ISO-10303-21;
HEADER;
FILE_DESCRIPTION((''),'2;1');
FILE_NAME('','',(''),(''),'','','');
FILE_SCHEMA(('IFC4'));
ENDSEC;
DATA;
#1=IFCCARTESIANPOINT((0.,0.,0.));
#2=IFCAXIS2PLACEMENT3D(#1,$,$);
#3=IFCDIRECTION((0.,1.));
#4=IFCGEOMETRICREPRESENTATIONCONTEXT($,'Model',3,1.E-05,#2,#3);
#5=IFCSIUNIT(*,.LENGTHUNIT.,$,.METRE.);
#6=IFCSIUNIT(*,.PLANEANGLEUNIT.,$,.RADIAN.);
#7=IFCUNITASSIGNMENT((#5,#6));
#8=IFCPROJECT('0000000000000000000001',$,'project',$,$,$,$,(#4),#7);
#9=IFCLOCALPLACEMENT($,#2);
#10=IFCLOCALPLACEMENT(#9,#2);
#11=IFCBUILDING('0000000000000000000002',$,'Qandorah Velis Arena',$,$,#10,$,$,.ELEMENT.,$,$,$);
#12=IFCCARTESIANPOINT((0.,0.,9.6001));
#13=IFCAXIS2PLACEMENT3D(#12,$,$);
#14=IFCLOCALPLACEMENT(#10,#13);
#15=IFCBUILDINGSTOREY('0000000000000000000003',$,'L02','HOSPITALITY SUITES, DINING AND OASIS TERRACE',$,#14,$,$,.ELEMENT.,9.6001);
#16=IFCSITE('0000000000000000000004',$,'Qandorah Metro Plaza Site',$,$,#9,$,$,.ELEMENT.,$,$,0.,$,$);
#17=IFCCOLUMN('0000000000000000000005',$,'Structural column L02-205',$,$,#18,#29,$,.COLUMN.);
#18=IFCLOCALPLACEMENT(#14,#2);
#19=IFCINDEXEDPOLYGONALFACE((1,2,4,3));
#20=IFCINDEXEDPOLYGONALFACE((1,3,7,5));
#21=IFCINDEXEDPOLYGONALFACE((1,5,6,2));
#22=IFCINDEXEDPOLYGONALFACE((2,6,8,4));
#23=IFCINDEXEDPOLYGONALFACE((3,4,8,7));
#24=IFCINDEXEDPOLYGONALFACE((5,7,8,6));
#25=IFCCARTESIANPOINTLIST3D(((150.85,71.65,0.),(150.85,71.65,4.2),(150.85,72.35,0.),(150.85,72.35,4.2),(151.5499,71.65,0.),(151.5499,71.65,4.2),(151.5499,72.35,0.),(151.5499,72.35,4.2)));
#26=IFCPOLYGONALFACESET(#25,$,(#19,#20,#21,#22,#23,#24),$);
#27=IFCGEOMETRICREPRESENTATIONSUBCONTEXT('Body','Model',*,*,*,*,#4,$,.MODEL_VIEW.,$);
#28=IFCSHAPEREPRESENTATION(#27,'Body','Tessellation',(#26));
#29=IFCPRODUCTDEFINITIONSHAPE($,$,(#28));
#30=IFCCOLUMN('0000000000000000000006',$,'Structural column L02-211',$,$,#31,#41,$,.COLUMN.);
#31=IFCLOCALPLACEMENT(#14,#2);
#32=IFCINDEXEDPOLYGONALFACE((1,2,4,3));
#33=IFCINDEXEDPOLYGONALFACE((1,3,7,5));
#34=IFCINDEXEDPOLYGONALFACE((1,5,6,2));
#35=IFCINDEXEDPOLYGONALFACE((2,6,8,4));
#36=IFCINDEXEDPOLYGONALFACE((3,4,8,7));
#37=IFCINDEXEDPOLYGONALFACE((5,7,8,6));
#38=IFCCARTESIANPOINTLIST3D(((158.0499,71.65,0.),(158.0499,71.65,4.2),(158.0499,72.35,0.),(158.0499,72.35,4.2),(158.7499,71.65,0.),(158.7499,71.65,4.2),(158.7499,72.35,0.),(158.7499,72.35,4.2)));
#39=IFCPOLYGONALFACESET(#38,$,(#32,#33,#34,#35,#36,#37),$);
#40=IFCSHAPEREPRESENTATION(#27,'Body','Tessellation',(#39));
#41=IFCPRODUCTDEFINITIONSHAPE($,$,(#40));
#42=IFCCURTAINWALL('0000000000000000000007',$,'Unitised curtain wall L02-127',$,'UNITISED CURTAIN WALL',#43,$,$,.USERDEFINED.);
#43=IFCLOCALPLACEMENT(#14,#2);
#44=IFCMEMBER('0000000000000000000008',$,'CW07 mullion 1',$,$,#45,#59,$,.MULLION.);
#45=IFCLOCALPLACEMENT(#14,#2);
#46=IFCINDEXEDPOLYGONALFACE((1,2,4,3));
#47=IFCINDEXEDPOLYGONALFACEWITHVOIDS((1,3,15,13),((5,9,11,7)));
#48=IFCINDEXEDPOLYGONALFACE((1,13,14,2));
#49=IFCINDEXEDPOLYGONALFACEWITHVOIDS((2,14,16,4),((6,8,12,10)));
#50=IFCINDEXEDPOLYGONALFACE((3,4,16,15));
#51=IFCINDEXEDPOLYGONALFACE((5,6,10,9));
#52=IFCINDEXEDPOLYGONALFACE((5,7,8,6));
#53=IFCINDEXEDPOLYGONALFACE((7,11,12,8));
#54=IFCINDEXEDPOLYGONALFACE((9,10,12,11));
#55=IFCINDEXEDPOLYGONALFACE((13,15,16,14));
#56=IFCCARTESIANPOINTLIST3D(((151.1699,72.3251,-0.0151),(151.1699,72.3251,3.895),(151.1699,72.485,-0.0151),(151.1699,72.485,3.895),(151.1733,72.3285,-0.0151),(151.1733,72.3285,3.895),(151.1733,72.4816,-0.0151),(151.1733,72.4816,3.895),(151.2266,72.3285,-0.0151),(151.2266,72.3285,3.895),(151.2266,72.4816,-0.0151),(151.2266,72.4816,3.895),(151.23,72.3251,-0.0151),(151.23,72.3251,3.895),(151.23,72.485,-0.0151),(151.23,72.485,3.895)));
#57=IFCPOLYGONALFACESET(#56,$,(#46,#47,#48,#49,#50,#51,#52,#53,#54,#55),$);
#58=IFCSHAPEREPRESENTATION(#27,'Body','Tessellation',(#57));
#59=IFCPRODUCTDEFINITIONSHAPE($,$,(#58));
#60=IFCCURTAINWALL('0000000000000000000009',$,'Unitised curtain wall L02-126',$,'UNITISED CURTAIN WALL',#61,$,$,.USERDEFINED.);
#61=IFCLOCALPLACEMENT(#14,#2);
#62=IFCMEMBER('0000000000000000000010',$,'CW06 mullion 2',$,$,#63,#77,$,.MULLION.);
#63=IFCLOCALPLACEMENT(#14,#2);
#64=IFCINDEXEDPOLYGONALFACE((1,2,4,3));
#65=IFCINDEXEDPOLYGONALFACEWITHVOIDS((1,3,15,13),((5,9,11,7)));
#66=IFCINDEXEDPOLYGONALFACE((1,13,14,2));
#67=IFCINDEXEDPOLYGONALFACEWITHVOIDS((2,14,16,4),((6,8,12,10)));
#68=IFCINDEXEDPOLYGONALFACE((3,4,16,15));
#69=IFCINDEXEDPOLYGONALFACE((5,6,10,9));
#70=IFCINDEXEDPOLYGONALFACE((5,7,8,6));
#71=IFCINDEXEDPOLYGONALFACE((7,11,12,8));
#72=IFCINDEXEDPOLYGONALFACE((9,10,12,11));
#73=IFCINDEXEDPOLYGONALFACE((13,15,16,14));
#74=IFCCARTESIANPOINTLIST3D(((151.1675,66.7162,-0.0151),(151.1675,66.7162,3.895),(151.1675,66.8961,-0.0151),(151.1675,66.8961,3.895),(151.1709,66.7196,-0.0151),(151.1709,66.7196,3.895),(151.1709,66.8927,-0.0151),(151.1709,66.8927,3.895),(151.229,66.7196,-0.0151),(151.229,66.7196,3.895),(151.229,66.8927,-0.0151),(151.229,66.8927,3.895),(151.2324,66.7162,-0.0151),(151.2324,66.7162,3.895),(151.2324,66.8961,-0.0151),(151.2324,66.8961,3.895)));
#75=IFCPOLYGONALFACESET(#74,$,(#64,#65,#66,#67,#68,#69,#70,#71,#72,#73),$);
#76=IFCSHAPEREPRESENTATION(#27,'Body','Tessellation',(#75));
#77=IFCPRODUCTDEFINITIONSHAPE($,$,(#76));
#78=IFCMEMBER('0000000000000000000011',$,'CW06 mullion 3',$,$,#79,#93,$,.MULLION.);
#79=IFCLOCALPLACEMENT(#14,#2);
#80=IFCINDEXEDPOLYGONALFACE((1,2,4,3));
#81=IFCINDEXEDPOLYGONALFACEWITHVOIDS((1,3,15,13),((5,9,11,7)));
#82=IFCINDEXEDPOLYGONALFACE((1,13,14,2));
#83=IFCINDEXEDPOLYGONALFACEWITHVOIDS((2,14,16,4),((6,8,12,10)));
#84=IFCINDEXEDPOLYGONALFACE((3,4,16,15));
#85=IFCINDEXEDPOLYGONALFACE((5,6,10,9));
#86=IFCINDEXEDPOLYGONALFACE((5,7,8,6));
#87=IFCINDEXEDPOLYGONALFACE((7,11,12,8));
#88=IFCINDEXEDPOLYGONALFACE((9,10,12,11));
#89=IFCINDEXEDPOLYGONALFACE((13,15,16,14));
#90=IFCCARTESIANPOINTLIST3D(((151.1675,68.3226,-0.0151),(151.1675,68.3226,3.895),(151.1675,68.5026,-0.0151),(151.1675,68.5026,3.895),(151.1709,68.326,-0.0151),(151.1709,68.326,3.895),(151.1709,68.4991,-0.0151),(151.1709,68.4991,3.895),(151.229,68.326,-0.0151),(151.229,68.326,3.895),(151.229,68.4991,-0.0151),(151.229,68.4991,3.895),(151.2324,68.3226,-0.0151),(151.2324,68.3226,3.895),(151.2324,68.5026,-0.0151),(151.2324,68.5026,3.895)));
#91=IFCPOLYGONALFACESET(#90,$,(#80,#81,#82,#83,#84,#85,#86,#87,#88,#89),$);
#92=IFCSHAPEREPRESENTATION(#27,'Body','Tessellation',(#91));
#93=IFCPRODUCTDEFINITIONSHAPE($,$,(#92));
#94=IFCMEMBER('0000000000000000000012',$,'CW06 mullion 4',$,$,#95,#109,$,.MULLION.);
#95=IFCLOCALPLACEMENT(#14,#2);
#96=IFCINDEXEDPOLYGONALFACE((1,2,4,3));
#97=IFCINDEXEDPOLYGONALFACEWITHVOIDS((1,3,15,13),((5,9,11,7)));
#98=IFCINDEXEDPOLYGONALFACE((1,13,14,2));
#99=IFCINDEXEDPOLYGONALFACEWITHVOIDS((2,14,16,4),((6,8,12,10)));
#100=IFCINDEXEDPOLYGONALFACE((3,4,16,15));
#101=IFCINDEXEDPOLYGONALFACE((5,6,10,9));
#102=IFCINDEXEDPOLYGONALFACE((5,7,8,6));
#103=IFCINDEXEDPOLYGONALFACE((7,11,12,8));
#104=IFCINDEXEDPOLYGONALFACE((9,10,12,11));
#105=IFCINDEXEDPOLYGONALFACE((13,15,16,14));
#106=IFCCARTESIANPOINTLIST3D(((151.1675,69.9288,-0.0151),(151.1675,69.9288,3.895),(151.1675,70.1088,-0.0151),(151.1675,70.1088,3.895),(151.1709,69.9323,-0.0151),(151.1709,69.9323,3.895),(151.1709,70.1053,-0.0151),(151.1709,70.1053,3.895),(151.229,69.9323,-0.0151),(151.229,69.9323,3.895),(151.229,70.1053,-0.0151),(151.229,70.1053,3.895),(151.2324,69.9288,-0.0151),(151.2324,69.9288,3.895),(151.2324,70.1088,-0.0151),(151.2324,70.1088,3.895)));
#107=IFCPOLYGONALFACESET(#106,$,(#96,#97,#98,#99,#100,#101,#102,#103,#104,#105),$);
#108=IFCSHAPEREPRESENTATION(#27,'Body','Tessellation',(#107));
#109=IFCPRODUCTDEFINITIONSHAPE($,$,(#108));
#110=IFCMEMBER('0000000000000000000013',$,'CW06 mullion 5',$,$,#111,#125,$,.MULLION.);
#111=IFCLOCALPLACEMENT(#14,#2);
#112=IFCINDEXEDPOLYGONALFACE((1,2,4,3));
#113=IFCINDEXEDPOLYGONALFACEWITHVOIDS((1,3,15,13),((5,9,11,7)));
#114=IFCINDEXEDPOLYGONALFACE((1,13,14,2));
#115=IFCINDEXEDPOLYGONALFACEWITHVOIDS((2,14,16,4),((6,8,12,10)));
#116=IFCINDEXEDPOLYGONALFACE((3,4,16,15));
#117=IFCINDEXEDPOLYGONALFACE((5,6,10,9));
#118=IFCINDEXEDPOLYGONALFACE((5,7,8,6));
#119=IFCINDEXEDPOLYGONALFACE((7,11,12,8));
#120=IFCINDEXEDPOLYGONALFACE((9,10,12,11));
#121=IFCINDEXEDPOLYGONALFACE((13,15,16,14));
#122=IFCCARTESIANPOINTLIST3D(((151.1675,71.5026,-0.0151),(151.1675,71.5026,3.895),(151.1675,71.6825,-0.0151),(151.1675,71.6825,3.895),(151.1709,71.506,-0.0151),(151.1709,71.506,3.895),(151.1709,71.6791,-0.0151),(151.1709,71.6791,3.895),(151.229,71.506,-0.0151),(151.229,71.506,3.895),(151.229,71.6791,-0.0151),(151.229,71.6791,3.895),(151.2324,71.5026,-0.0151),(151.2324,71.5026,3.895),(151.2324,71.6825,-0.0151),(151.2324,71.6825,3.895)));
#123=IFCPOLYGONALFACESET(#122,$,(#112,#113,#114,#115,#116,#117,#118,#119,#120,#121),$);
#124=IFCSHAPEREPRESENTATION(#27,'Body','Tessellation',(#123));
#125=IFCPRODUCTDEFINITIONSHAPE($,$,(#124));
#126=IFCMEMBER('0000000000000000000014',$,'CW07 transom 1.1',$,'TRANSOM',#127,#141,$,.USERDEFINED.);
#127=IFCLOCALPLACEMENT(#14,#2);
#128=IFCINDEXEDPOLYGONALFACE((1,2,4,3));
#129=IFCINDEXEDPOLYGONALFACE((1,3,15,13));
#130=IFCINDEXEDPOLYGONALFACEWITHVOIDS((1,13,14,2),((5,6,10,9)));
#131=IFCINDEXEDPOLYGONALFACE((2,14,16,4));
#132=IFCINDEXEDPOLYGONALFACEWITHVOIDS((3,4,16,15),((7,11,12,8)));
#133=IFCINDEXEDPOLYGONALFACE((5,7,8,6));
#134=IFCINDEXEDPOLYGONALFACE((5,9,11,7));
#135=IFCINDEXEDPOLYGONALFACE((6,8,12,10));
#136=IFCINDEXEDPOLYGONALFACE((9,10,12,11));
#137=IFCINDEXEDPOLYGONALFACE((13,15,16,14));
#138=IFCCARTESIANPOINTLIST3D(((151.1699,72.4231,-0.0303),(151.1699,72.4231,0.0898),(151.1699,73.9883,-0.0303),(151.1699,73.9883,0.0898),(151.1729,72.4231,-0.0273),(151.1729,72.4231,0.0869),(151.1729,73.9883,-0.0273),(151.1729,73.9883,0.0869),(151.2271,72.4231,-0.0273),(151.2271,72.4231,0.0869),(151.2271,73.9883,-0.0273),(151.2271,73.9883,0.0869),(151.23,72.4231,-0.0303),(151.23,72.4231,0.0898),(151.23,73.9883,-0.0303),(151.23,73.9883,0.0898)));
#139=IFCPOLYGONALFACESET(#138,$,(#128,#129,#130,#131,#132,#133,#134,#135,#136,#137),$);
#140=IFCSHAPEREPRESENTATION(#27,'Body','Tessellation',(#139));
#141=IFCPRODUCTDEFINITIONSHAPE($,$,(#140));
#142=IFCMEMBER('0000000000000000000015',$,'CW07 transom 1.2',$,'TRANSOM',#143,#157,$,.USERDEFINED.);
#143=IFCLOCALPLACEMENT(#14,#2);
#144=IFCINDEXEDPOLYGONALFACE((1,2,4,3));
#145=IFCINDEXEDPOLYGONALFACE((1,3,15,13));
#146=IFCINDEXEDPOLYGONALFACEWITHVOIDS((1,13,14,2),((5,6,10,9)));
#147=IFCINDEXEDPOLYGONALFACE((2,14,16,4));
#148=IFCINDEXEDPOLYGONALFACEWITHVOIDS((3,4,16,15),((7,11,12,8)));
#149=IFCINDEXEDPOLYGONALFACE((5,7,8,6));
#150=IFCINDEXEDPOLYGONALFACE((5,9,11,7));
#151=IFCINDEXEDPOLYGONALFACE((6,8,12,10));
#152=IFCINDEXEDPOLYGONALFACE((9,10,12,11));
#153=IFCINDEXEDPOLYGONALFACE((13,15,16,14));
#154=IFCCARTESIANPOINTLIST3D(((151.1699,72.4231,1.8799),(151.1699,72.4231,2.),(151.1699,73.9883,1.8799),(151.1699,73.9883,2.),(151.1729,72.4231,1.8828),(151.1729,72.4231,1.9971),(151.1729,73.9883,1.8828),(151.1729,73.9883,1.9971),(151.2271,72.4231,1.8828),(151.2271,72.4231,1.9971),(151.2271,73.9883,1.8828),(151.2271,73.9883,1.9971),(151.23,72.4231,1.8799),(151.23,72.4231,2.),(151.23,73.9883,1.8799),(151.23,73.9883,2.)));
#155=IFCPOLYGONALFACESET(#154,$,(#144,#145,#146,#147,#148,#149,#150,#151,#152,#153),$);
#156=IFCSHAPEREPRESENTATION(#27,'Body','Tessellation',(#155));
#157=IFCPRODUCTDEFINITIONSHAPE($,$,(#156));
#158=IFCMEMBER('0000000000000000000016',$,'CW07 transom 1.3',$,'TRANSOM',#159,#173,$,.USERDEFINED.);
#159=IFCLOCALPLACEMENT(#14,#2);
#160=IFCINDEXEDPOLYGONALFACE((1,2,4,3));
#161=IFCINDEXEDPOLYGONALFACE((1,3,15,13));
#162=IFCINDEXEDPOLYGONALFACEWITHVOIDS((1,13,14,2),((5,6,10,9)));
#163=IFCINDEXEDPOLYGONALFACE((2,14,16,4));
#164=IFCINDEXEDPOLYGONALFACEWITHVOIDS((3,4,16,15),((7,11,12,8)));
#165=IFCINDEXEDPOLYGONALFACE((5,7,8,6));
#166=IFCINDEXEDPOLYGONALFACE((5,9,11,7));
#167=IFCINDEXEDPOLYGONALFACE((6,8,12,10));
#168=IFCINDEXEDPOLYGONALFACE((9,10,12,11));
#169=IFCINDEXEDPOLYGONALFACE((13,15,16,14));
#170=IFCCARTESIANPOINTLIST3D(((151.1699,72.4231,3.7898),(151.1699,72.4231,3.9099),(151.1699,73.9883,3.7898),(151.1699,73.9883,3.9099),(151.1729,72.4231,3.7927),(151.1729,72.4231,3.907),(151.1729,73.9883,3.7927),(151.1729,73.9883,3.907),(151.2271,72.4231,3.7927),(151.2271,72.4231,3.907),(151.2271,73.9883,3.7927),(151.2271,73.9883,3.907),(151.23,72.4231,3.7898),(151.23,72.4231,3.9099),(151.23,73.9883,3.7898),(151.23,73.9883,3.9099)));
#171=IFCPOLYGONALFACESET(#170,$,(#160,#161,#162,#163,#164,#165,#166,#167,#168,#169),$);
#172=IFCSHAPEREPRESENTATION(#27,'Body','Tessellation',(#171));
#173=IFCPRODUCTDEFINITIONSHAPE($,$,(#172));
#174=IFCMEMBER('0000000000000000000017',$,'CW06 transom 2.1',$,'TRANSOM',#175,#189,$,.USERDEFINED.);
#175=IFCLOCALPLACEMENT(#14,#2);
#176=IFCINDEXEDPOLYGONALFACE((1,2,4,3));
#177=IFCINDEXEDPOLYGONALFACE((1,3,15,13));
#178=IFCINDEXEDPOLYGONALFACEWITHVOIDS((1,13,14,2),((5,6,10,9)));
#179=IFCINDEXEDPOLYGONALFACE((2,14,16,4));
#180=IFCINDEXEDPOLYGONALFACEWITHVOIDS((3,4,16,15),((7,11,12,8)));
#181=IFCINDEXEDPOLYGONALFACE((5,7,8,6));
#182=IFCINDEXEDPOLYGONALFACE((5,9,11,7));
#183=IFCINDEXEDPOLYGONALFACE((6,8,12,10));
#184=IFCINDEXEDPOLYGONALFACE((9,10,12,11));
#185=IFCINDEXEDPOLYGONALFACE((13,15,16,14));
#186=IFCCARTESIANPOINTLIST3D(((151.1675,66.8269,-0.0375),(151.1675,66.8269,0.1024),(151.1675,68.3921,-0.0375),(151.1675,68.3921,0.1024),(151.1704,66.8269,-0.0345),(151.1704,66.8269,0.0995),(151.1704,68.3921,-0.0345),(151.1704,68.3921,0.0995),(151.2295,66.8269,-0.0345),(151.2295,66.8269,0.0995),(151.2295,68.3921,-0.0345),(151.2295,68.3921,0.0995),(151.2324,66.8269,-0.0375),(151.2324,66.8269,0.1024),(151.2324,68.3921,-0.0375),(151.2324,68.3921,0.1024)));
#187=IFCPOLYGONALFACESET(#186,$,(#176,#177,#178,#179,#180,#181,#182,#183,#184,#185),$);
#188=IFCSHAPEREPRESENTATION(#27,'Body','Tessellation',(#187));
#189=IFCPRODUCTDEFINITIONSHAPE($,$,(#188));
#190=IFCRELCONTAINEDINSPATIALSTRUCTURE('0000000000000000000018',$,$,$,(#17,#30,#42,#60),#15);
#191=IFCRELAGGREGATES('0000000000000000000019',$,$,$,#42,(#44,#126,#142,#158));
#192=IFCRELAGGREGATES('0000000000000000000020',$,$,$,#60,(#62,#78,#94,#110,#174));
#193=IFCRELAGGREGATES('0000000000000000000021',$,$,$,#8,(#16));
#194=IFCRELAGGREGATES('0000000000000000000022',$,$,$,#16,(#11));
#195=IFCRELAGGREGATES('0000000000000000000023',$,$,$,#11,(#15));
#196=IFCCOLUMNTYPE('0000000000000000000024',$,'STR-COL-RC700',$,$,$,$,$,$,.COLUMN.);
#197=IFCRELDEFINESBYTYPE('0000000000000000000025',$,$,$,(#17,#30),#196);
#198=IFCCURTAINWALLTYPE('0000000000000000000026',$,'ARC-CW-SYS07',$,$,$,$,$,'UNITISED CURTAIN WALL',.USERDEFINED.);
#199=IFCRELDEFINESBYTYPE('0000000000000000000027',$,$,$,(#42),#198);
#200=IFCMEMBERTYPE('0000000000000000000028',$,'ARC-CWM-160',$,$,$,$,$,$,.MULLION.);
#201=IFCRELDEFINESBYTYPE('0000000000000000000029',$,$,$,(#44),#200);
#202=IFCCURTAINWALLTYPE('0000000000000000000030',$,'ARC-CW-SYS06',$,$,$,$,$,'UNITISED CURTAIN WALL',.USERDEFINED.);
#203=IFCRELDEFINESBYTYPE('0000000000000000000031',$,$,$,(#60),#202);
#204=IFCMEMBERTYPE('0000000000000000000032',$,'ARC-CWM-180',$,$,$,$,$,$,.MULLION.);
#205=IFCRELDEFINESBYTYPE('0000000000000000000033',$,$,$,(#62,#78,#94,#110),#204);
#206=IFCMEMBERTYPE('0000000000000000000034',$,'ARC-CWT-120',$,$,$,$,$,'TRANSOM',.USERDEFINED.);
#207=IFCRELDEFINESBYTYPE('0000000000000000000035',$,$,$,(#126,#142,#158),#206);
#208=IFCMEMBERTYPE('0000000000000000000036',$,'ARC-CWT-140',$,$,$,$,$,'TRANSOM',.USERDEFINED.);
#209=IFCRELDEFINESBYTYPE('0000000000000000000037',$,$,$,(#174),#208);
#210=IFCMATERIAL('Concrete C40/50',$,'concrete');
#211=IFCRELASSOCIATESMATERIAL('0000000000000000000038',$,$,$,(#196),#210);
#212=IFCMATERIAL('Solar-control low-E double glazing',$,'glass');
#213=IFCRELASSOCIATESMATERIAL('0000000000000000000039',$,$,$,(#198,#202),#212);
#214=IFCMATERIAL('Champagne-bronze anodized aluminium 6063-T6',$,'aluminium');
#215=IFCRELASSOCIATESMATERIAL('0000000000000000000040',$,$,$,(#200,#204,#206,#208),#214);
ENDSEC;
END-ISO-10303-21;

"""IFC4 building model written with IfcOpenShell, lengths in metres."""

from ifc_helpers import new_model, si_unit, direction, frame, origin, origin_2d, place, context, subcontext, project, spatial, rectangle, hollow_rectangle, extrude, material, material_profile, profile_set, type_object, element, aggregate, save


model = new_model("IFC4")

# Units and contexts
model_context = context("Model", 3, precision=1e-05, world=origin(), true_north=direction((0.0, 1.0)))
body_context = subcontext(model_context, "Body", "Model", "MODEL_VIEW")
ifc_project = project(units=[si_unit("LENGTHUNIT", "METRE"), si_unit("PLANEANGLEUNIT", "RADIAN")], contexts=[model_context])

# Site, building, storey
site_placement = place(None, origin())
site = spatial("IfcSite", under=ifc_project, at=site_placement, Name="Qandorah Metro Plaza Site", CompositionType="ELEMENT", RefElevation=0.0)
building_placement = place(site_placement, origin())
building = spatial("IfcBuilding", under=site, at=building_placement, Name="Qandorah Velis Arena", CompositionType="ELEMENT")
storey_placement = place(building_placement, frame((0.0, 0.0, 9.6001)))
storey = spatial("IfcBuildingStorey", under=building, at=storey_placement, Name="L02", Description="HOSPITALITY SUITES, DINING AND OASIS TERRACE", CompositionType="ELEMENT", Elevation=9.6001)

# Columns
ifc_material_1 = material(Name="Concrete C40/50", Category="concrete")
ifc_material_profile_1 = material_profile(ifc_material_1, rectangle(XDim=0.7, YDim=0.7, at=origin_2d()), Name="RC COL 700x700")
ifc_profile_set_1 = profile_set([ifc_material_profile_1], Name="Concrete C40/50")
column_type = type_object("IfcColumnType", Name="STR-COL-RC700", PredefinedType="COLUMN", material=ifc_profile_set_1)
for number, where, z_axis, x_axis, name in (
    (1, (151.2, 72.0, 0.0), (0.0, 0.0, 1.0), (1.0, 0.0, 0.0), "Structural column L02-205"),
    (2, (158.3999, 72.0, 0.0), (0.0, 0.0, 1.0), (1.0, 0.0, 0.0), "Structural column L02-211"),
):
    element("IfcColumn", number, at=place(storey_placement, frame(where, z_axis=z_axis, x_axis=x_axis)), inside=storey, type_object=column_type, Name=name, PredefinedType="COLUMN", context=body_context, shape_type="SweptSolid", body=[
        extrude(rectangle(XDim=0.7, YDim=0.7, at=origin_2d()), origin(), (0.0, 0.0, 1.0), 4.2),
    ])

# Curtain wall, member
ifc_material_2 = material(Name="Solar-control low-E double glazing", Category="glass")
curtain_wall_type_1 = type_object("IfcCurtainWallType", Name="ARC-CW-SYS07", ElementType="UNITISED CURTAIN WALL", PredefinedType="USERDEFINED", material=ifc_material_2)
curtain_wall_1_placement = place(storey_placement, origin())
curtain_wall_1 = element("IfcCurtainWall", 3, at=curtain_wall_1_placement, inside=storey, type_object=curtain_wall_type_1, Name="Unitised curtain wall L02-127", ObjectType="UNITISED CURTAIN WALL", PredefinedType="USERDEFINED")
ifc_material_3 = material(Name="Champagne-bronze anodized aluminium 6063-T6", Category="aluminium")
ifc_material_profile_2 = material_profile(ifc_material_3, hollow_rectangle(XDim=0.0601, YDim=0.1599, WallThickness=0.0034, at=origin_2d()), Name="ALU MULLION 60x160")
ifc_profile_set_2 = profile_set([ifc_material_profile_2], Name="Champagne-bronze anodized aluminium 6063-T6")
member_type_1 = type_object("IfcMemberType", Name="ARC-CWM-160", PredefinedType="MULLION", material=ifc_profile_set_2)
member_1_placement = place(storey_placement, frame((151.2, 72.405, -0.0151), z_axis=(0.0, 0.0, 1.0), x_axis=(-1.0, 0.0, 0.0)))
member_1 = element("IfcMember", 4, at=member_1_placement, type_object=member_type_1, Name="CW07 mullion 1", PredefinedType="MULLION", context=body_context, shape_type="SweptSolid", body=[
    extrude(hollow_rectangle(XDim=0.0601, YDim=0.1599, WallThickness=0.0034, at=origin_2d()), origin(), (0.0, 0.0, 1.0), 3.9102),
])

# Curtain wall, members
curtain_wall_type_2 = type_object("IfcCurtainWallType", Name="ARC-CW-SYS06", ElementType="UNITISED CURTAIN WALL", PredefinedType="USERDEFINED", material=ifc_material_2)
curtain_wall_2_placement = place(storey_placement, origin())
curtain_wall_2 = element("IfcCurtainWall", 5, at=curtain_wall_2_placement, inside=storey, type_object=curtain_wall_type_2, Name="Unitised curtain wall L02-126", ObjectType="UNITISED CURTAIN WALL", PredefinedType="USERDEFINED")
ifc_material_profile_3 = material_profile(ifc_material_3, hollow_rectangle(XDim=0.0649, YDim=0.1799, WallThickness=0.0034, at=origin_2d()), Name="ALU MULLION 65x180")
ifc_profile_set_3 = profile_set([ifc_material_profile_3], Name="Champagne-bronze anodized aluminium 6063-T6")
member_type_2 = type_object("IfcMemberType", Name="ARC-CWM-180", PredefinedType="MULLION", material=ifc_profile_set_3)
member_2_placement = place(storey_placement, frame((151.2, 66.8062, -0.0151), z_axis=(0.0, 0.0, 1.0), x_axis=(-1.0, 0.0, 0.0)))
member_2 = element("IfcMember", 6, at=member_2_placement, type_object=member_type_2, Name="CW06 mullion 2", PredefinedType="MULLION", context=body_context, shape_type="SweptSolid", body=[
    extrude(hollow_rectangle(XDim=0.0649, YDim=0.1799, WallThickness=0.0034, at=origin_2d()), origin(), (0.0, 0.0, 1.0), 3.9102),
])
member_3_placement = place(storey_placement, frame((151.2, 68.4126, -0.0151), z_axis=(0.0, 0.0, 1.0), x_axis=(-1.0, 0.0, 0.0)))
member_3 = element("IfcMember", 7, at=member_3_placement, type_object=member_type_2, Name="CW06 mullion 3", PredefinedType="MULLION", context=body_context, shape_type="SweptSolid", body=[
    extrude(hollow_rectangle(XDim=0.0649, YDim=0.1799, WallThickness=0.0034, at=origin_2d()), origin(), (0.0, 0.0, 1.0), 3.9102),
])
member_4_placement = place(storey_placement, frame((151.2, 70.0188, -0.0151), z_axis=(0.0, 0.0, 1.0), x_axis=(-1.0, 0.0, 0.0)))
member_4 = element("IfcMember", 8, at=member_4_placement, type_object=member_type_2, Name="CW06 mullion 4", PredefinedType="MULLION", context=body_context, shape_type="SweptSolid", body=[
    extrude(hollow_rectangle(XDim=0.0649, YDim=0.1799, WallThickness=0.0034, at=origin_2d()), origin(), (0.0, 0.0, 1.0), 3.9102),
])
member_5_placement = place(storey_placement, frame((151.2, 71.5925, -0.0151), z_axis=(0.0, 0.0, 1.0), x_axis=(-1.0, 0.0, 0.0)))
member_5 = element("IfcMember", 9, at=member_5_placement, type_object=member_type_2, Name="CW06 mullion 5", PredefinedType="MULLION", context=body_context, shape_type="SweptSolid", body=[
    extrude(hollow_rectangle(XDim=0.0649, YDim=0.1799, WallThickness=0.0034, at=origin_2d()), origin(), (0.0, 0.0, 1.0), 3.9102),
])

# Members
ifc_material_profile_4 = material_profile(ifc_material_3, hollow_rectangle(XDim=0.0601, YDim=0.1201, WallThickness=0.0029, at=origin_2d()), Name="ALU TRANSOM 60x120")
ifc_profile_set_4 = profile_set([ifc_material_profile_4], Name="Champagne-bronze anodized aluminium 6063-T6")
member_type_3 = type_object("IfcMemberType", Name="ARC-CWT-120", ElementType="TRANSOM", PredefinedType="USERDEFINED", material=ifc_profile_set_4)
member_6_placement = place(storey_placement, frame((151.2, 72.4231, 0.0298), z_axis=(0.0, 1.0, 0.0), x_axis=(-1.0, 0.0, 0.0)))
member_6 = element("IfcMember", 10, at=member_6_placement, type_object=member_type_3, Name="CW07 transom 1.1", ObjectType="TRANSOM", PredefinedType="USERDEFINED", context=body_context, shape_type="SweptSolid", body=[
    extrude(hollow_rectangle(XDim=0.0601, YDim=0.1201, WallThickness=0.0029, at=origin_2d()), origin(), (0.0, 0.0, 1.0), 1.5652),
])
member_7_placement = place(storey_placement, frame((151.2, 72.4231, 1.9399), z_axis=(0.0, 1.0, 0.0), x_axis=(-1.0, 0.0, 0.0)))
member_7 = element("IfcMember", 11, at=member_7_placement, type_object=member_type_3, Name="CW07 transom 1.2", ObjectType="TRANSOM", PredefinedType="USERDEFINED", context=body_context, shape_type="SweptSolid", body=[
    extrude(hollow_rectangle(XDim=0.0601, YDim=0.1201, WallThickness=0.0029, at=origin_2d()), origin(), (0.0, 0.0, 1.0), 1.5652),
])
member_8_placement = place(storey_placement, frame((151.2, 72.4231, 3.8499), z_axis=(0.0, 1.0, 0.0), x_axis=(-1.0, 0.0, 0.0)))
member_8 = element("IfcMember", 12, at=member_8_placement, type_object=member_type_3, Name="CW07 transom 1.3", ObjectType="TRANSOM", PredefinedType="USERDEFINED", context=body_context, shape_type="SweptSolid", body=[
    extrude(hollow_rectangle(XDim=0.0601, YDim=0.1201, WallThickness=0.0029, at=origin_2d()), origin(), (0.0, 0.0, 1.0), 1.5652),
])
aggregate(curtain_wall_1, [member_1, member_6, member_7, member_8])
ifc_material_profile_5 = material_profile(ifc_material_3, hollow_rectangle(XDim=0.0649, YDim=0.1399, WallThickness=0.0029, at=origin_2d()), Name="ALU TRANSOM 65x140")
ifc_profile_set_5 = profile_set([ifc_material_profile_5], Name="Champagne-bronze anodized aluminium 6063-T6")
member_type_4 = type_object("IfcMemberType", Name="ARC-CWT-140", ElementType="TRANSOM", PredefinedType="USERDEFINED", material=ifc_profile_set_5)
member_9_placement = place(storey_placement, frame((151.2, 66.8269, 0.0325), z_axis=(0.0, 1.0, 0.0), x_axis=(-1.0, 0.0, 0.0)))
member_9 = element("IfcMember", 13, at=member_9_placement, type_object=member_type_4, Name="CW06 transom 2.1", ObjectType="TRANSOM", PredefinedType="USERDEFINED", context=body_context, shape_type="SweptSolid", body=[
    extrude(hollow_rectangle(XDim=0.0649, YDim=0.1399, WallThickness=0.0029, at=origin_2d()), origin(), (0.0, 0.0, 1.0), 1.5652),
])

aggregate(curtain_wall_2, [member_2, member_3, member_4, member_5, member_9])

save(model, "model.ifc")
